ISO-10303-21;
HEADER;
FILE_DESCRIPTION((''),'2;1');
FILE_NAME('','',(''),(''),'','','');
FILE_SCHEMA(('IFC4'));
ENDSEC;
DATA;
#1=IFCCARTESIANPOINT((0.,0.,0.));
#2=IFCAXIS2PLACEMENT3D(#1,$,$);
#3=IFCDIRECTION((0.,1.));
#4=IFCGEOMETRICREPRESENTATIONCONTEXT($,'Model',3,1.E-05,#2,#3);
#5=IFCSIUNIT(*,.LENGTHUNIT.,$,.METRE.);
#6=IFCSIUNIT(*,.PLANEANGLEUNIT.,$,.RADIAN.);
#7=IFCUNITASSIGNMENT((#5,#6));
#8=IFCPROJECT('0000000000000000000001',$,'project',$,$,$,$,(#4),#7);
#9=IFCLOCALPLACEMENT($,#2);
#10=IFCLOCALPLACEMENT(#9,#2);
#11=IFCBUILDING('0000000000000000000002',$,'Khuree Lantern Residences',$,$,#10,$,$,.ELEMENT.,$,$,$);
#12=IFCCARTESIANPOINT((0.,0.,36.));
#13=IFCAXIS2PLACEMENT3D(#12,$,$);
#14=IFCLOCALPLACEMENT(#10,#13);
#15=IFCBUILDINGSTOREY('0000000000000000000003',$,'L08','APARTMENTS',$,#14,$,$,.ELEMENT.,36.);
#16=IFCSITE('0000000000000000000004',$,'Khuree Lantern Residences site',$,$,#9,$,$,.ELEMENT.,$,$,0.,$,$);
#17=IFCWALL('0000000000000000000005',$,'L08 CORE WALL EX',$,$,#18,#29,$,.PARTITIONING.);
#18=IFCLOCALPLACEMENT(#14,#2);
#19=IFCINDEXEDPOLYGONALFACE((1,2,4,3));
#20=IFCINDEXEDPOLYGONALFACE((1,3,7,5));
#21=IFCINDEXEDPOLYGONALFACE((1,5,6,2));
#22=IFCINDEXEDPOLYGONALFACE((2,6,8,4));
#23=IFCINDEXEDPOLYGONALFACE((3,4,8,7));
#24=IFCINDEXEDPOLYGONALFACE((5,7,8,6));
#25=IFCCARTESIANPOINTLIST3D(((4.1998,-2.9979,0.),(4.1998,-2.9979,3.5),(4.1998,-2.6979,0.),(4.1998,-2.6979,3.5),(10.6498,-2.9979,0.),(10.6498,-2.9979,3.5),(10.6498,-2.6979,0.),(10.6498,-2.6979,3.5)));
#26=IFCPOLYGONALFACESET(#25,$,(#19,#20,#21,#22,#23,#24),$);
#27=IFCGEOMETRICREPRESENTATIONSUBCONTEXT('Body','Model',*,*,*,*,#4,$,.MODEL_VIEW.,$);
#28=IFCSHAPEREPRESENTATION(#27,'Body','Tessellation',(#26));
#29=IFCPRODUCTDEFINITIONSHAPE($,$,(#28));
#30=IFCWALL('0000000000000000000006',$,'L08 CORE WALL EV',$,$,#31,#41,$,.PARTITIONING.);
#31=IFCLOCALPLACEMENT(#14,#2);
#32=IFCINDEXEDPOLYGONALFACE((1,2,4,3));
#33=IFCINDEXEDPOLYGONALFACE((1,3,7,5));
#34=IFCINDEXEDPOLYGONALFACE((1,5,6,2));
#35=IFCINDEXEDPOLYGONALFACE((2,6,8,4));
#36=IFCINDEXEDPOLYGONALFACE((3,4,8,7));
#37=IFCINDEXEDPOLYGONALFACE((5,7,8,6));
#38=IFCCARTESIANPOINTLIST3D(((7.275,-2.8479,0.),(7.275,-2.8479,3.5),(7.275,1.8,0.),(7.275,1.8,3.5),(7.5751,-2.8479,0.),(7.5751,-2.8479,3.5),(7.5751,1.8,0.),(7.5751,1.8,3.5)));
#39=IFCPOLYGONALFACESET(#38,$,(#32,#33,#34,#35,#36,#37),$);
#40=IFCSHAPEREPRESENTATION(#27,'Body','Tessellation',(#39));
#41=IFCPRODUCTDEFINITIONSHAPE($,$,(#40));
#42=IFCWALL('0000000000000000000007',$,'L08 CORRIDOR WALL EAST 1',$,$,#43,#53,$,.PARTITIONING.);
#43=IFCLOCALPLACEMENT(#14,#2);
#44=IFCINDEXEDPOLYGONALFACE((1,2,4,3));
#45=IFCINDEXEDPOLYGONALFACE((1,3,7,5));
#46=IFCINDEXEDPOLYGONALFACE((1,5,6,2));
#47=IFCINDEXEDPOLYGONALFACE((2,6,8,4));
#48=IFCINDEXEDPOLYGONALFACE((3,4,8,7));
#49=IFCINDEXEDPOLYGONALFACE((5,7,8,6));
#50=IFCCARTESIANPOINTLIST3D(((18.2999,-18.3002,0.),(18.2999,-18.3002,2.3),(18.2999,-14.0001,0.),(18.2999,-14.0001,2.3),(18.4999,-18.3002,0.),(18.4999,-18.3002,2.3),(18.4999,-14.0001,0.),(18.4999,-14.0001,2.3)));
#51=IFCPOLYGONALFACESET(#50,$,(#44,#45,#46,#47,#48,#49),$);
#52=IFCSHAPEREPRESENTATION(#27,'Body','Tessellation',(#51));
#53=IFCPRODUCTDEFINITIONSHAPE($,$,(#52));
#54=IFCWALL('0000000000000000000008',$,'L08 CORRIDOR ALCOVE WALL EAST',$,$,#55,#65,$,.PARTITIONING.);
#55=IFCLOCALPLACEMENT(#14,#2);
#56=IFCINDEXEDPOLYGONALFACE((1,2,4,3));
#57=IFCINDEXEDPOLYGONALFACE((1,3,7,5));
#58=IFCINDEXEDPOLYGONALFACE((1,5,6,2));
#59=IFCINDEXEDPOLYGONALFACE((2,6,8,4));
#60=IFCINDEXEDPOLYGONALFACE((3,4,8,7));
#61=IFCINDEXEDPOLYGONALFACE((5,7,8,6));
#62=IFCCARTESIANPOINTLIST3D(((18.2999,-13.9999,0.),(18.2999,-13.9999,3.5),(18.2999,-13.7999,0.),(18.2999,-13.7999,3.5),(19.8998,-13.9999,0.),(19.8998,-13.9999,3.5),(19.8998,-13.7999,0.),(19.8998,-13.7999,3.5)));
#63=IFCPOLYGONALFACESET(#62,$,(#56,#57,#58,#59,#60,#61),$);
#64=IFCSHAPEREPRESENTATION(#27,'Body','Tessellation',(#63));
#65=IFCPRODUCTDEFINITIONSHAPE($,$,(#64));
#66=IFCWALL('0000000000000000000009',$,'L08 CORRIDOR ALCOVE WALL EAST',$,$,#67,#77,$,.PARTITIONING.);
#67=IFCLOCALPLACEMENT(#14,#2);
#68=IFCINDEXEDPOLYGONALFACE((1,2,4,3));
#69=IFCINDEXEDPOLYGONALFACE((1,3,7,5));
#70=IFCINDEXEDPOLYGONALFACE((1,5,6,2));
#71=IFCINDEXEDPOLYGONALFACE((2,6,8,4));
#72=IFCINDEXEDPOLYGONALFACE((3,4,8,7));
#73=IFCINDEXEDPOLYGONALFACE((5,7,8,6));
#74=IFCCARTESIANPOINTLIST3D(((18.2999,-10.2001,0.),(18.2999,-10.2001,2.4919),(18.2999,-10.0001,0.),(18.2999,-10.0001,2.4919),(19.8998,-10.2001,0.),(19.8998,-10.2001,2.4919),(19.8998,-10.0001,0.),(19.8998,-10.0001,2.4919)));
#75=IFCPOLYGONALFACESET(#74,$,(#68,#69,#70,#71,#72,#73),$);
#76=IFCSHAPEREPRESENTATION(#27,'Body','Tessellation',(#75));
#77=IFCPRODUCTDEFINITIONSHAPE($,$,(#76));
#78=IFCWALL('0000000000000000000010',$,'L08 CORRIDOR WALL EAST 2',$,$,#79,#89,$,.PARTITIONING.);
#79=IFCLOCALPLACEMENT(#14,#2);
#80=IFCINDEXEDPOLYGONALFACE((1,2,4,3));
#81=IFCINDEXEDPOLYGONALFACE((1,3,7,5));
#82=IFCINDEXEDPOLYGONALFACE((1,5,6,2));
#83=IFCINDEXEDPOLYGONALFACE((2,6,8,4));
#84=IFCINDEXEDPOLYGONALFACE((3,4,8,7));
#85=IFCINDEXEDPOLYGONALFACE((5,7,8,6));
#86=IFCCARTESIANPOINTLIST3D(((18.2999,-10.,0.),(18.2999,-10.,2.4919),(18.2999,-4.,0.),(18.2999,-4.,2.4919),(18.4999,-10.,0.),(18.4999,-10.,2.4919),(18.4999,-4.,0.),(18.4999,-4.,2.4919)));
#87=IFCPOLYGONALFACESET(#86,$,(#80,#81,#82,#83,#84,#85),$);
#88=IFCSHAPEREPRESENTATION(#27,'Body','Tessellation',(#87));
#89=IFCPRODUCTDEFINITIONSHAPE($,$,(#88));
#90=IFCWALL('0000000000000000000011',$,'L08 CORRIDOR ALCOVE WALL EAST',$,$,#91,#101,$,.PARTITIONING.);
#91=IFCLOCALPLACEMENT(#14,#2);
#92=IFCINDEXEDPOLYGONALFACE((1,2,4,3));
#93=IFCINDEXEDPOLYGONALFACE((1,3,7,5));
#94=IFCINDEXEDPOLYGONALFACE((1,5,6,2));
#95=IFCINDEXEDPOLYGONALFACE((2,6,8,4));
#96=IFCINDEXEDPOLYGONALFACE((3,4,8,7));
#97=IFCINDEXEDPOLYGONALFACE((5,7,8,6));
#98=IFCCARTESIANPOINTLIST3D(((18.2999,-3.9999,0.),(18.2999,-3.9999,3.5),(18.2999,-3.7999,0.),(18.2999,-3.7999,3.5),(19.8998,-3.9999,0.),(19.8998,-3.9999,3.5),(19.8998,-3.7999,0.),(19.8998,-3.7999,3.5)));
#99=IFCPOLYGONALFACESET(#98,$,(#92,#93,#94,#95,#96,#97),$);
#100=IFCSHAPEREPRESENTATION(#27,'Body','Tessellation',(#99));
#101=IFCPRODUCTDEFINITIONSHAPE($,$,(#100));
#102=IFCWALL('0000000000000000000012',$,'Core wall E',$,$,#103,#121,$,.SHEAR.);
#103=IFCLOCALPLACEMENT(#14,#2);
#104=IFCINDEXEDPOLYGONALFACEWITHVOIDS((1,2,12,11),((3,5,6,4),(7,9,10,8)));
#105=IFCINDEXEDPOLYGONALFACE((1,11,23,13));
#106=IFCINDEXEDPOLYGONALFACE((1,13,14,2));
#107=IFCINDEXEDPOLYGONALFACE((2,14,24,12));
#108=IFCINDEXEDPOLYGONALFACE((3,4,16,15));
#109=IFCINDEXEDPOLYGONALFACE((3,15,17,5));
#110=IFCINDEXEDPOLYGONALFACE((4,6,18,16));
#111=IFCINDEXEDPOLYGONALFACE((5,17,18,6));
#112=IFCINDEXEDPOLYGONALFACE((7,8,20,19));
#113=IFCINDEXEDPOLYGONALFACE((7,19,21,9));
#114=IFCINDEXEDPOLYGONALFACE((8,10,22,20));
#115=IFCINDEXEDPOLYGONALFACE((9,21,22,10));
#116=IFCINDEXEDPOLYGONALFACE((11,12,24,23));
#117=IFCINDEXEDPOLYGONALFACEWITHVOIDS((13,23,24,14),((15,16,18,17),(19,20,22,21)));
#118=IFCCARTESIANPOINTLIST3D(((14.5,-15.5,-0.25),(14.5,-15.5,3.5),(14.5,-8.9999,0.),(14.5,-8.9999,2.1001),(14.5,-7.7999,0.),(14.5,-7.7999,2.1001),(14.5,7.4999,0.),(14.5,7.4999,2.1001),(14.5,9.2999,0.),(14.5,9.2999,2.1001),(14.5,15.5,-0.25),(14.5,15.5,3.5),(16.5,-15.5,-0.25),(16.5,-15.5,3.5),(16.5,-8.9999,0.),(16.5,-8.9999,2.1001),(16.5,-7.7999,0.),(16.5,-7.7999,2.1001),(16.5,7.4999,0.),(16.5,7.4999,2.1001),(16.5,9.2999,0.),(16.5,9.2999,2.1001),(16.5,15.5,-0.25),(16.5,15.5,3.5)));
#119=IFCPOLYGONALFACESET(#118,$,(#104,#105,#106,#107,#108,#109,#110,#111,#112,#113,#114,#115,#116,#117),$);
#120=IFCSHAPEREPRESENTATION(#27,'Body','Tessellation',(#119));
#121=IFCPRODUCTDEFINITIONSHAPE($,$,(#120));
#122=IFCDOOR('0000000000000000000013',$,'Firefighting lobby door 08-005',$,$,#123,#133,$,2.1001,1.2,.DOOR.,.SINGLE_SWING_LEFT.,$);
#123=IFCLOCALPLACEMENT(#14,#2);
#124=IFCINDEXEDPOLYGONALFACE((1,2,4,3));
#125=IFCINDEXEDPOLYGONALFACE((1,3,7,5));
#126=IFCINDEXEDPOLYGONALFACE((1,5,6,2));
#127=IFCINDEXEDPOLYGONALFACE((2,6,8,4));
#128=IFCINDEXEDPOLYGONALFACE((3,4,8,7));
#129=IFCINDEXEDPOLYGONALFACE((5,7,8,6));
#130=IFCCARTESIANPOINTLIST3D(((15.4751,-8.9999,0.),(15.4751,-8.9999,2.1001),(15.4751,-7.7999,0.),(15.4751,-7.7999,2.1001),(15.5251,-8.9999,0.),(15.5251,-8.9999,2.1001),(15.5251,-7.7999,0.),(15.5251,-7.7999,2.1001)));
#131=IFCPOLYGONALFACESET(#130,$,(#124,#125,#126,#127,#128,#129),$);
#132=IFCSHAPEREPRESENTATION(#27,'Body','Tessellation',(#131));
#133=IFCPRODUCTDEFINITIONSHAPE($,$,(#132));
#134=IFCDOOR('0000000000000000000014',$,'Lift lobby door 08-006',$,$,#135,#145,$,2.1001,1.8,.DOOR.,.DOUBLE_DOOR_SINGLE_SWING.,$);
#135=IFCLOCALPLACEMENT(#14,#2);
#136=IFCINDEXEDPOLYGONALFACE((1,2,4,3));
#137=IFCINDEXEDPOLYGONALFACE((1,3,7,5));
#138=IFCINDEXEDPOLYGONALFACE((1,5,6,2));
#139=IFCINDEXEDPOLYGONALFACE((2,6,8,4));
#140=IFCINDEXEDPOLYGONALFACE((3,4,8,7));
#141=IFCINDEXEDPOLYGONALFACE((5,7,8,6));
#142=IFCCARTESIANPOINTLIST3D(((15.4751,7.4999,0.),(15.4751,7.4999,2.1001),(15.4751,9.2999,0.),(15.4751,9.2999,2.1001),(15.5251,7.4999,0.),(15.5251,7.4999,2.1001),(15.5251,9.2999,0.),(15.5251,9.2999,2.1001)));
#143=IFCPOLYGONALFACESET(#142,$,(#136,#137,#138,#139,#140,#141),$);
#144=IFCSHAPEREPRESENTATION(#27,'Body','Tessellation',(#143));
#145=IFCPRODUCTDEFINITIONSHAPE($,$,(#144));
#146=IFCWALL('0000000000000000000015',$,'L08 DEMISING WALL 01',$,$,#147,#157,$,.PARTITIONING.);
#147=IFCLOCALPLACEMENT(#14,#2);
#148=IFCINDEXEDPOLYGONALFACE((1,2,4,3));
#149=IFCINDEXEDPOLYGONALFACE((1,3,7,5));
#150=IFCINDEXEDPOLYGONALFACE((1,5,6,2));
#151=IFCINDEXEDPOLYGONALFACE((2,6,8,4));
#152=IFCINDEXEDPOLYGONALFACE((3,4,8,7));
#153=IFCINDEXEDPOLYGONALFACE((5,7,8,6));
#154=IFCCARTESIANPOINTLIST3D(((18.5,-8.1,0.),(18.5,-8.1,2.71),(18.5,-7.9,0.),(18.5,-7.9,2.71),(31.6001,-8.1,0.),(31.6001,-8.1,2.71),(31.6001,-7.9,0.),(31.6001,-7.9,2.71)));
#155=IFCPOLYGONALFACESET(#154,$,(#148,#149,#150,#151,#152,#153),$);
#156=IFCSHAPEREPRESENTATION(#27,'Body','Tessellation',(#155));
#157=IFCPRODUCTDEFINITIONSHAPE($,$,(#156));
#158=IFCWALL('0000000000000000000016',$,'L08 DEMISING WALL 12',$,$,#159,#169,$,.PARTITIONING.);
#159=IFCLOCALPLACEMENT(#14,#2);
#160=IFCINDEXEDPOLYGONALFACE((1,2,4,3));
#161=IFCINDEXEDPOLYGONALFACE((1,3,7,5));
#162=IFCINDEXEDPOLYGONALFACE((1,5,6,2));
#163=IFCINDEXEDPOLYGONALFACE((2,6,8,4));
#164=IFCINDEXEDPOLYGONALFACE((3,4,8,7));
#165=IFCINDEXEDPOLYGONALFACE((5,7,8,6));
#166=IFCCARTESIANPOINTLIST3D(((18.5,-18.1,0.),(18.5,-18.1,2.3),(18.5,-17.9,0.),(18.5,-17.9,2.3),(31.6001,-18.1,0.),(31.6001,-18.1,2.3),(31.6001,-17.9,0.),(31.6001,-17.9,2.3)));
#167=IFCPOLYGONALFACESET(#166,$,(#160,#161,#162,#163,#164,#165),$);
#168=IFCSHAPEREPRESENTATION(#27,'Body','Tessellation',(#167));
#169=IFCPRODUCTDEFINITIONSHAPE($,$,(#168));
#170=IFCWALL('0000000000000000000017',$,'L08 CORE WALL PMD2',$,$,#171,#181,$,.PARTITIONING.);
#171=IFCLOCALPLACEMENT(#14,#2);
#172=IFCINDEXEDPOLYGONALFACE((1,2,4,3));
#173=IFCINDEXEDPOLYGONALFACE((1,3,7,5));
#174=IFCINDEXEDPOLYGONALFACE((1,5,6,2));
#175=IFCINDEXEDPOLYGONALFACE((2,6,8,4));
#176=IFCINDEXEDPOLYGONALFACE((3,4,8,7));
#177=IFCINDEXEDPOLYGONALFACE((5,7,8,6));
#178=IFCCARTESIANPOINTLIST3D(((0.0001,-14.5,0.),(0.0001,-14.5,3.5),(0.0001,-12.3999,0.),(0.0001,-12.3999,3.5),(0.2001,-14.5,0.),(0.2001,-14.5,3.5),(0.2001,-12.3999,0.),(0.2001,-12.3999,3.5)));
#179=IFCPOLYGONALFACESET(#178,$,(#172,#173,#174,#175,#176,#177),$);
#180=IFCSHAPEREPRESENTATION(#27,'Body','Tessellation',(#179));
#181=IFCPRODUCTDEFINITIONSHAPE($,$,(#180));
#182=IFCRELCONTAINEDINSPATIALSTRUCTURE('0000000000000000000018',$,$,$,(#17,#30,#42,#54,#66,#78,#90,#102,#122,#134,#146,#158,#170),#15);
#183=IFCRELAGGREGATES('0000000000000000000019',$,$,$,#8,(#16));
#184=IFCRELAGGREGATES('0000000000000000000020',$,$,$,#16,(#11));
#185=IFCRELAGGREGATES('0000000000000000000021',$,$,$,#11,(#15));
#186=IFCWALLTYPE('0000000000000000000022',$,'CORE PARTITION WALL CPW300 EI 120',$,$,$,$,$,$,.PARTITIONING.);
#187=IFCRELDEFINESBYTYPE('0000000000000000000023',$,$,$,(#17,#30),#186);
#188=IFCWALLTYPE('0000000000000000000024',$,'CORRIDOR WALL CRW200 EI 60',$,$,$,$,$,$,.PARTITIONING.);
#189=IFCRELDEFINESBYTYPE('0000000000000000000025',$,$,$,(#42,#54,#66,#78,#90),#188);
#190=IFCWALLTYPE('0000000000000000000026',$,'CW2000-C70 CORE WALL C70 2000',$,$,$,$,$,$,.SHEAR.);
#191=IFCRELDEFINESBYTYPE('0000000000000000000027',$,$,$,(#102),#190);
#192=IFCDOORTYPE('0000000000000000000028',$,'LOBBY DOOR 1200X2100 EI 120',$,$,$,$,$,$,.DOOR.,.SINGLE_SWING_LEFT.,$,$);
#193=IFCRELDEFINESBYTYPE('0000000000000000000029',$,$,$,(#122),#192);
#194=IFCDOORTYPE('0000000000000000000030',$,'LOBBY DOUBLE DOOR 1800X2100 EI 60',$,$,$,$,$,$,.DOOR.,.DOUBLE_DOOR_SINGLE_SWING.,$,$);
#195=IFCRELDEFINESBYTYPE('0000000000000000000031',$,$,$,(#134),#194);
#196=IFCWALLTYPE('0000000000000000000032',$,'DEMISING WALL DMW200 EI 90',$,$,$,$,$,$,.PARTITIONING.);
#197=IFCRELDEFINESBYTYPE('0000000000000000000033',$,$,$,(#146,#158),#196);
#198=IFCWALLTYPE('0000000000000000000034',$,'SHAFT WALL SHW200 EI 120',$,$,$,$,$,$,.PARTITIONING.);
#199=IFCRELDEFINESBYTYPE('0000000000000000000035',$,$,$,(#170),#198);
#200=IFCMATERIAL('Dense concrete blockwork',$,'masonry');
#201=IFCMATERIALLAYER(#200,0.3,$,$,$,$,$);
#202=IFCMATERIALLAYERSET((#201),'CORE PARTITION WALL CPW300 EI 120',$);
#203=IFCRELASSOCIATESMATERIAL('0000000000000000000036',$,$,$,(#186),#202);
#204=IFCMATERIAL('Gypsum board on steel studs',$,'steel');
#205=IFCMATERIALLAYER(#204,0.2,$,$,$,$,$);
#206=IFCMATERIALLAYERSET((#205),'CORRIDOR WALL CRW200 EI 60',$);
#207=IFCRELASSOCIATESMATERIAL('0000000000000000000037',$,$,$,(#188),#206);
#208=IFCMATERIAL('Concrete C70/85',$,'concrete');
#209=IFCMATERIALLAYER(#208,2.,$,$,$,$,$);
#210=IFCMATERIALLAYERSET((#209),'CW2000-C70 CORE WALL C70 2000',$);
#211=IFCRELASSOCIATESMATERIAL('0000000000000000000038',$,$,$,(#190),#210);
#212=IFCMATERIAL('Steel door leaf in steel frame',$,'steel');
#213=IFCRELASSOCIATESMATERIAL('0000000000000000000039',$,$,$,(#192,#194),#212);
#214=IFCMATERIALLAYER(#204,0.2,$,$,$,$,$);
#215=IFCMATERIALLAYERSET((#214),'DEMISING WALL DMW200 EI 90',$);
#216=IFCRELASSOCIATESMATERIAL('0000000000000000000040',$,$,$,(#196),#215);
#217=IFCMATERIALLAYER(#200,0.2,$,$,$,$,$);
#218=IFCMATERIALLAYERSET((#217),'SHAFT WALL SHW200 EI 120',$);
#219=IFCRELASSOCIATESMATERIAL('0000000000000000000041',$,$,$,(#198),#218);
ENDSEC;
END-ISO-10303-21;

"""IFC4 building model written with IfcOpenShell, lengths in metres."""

from ifc_helpers import new_model, si_unit, direction, frame, frame_2d, origin, place, context, subcontext, project, spatial, rectangle, extrude, material, layer, layer_set, type_object, element, fill, save


model = new_model("IFC4")

# Units and contexts
model_context = context("Model", 3, precision=1e-05, world=origin(), true_north=direction((0.0, 1.0)))
body_context = subcontext(model_context, "Body", "Model", "MODEL_VIEW")
ifc_project = project(units=[si_unit("LENGTHUNIT", "METRE"), si_unit("PLANEANGLEUNIT", "RADIAN")], contexts=[model_context])

# Site, building, storey
site_placement = place(None, origin())
site = spatial("IfcSite", under=ifc_project, at=site_placement, Name="Khuree Lantern Residences site", CompositionType="ELEMENT", RefElevation=0.0)
building_placement = place(site_placement, origin())
building = spatial("IfcBuilding", under=site, at=building_placement, Name="Khuree Lantern Residences", CompositionType="ELEMENT")
storey_placement = place(building_placement, frame((0.0, 0.0, 36.0)))
storey = spatial("IfcBuildingStorey", under=building, at=storey_placement, Name="L08", Description="APARTMENTS", CompositionType="ELEMENT", Elevation=36.0)

# Shared definitions
ifc_material_1 = material(Name="Concrete C70/85", Category="concrete")

# Shared definitions
ifc_material_2 = material(Name="Dense concrete blockwork", Category="masonry")
ifc_layer_1 = layer(ifc_material_2, 0.3)
ifc_layer_set_1 = layer_set([ifc_layer_1], Name="CORE PARTITION WALL CPW300 EI 120")
wall_type_1 = type_object("IfcWallType", Name="CORE PARTITION WALL CPW300 EI 120", PredefinedType="PARTITIONING", material=ifc_layer_set_1)

# Walls
wall_1_placement = place(storey_placement, frame((10.6499, -2.8479, 0.0), z_axis=(0.0, 0.0, 1.0), x_axis=(-1.0, 0.0, 0.0)))
element("IfcWall", 1, at=wall_1_placement, inside=storey, type_object=wall_type_1, Name="L08 CORE WALL EX", PredefinedType="PARTITIONING", context=body_context, shape_type="SweptSolid", body=[
    extrude(rectangle(XDim=6.45, YDim=0.3, at=frame_2d((3.2251, 0.0))), origin(), (0.0, 0.0, 1.0), 3.5),
])
wall_2_placement = place(storey_placement, frame((7.425, -2.8479, 0.0), z_axis=(0.0, 0.0, 1.0), x_axis=(0.0, 1.0, 0.0)))
element("IfcWall", 2, at=wall_2_placement, inside=storey, type_object=wall_type_1, Name="L08 CORE WALL EV", PredefinedType="PARTITIONING", context=body_context, shape_type="SweptSolid", body=[
    extrude(rectangle(XDim=4.6479, YDim=0.3, at=frame_2d((2.324, 0.0))), origin(), (0.0, 0.0, 1.0), 3.5),
])
ifc_material_3 = material(Name="Gypsum board on steel studs", Category="steel")
ifc_layer_2 = layer(ifc_material_3, 0.2)
ifc_layer_set_2 = layer_set([ifc_layer_2], Name="CORRIDOR WALL CRW200 EI 60")
wall_type_2 = type_object("IfcWallType", Name="CORRIDOR WALL CRW200 EI 60", PredefinedType="PARTITIONING", material=ifc_layer_set_2)
wall_3_placement = place(storey_placement, frame((18.3999, -18.3, 0.0), z_axis=(0.0, 0.0, 1.0), x_axis=(0.0, 1.0, 0.0)))
element("IfcWall", 3, at=wall_3_placement, inside=storey, type_object=wall_type_2, Name="L08 CORRIDOR WALL EAST 1", PredefinedType="PARTITIONING", context=body_context, shape_type="SweptSolid", body=[
    extrude(rectangle(XDim=4.3, YDim=0.2, at=frame_2d((2.1499, 0.0))), origin(), (0.0, 0.0, 1.0), 2.3),
])
wall_4_placement = place(storey_placement, frame((18.3, -13.8999, 0.0), z_axis=(0.0, 0.0, 1.0), x_axis=(1.0, 0.0, 0.0)))
element("IfcWall", 4, at=wall_4_placement, inside=storey, type_object=wall_type_2, Name="L08 CORRIDOR ALCOVE WALL EAST", PredefinedType="PARTITIONING", context=body_context, shape_type="SweptSolid", body=[
    extrude(rectangle(XDim=1.5999, YDim=0.2, at=frame_2d((0.7998, 0.0))), origin(), (0.0, 0.0, 1.0), 3.5),
])
wall_5_placement = place(storey_placement, frame((18.3, -10.1001, 0.0), z_axis=(0.0, 0.0, 1.0), x_axis=(1.0, 0.0, 0.0)))
element("IfcWall", 5, at=wall_5_placement, inside=storey, type_object=wall_type_2, Name="L08 CORRIDOR ALCOVE WALL EAST", PredefinedType="PARTITIONING", context=body_context, shape_type="SweptSolid", body=[
    extrude(rectangle(XDim=1.5999, YDim=0.2, at=frame_2d((0.7998, 0.0))), origin(), (0.0, 0.0, 1.0), 2.4919),
])
wall_6_placement = place(storey_placement, frame((18.3999, -10.0, 0.0), z_axis=(0.0, 0.0, 1.0), x_axis=(0.0, 1.0, 0.0)))
element("IfcWall", 6, at=wall_6_placement, inside=storey, type_object=wall_type_2, Name="L08 CORRIDOR WALL EAST 2", PredefinedType="PARTITIONING", context=body_context, shape_type="SweptSolid", body=[
    extrude(rectangle(XDim=6.0, YDim=0.2, at=frame_2d((3.0, 0.0))), origin(), (0.0, 0.0, 1.0), 2.4919),
])
wall_7_placement = place(storey_placement, frame((18.3, -3.8999, 0.0), z_axis=(0.0, 0.0, 1.0), x_axis=(1.0, 0.0, 0.0)))
element("IfcWall", 7, at=wall_7_placement, inside=storey, type_object=wall_type_2, Name="L08 CORRIDOR ALCOVE WALL EAST", PredefinedType="PARTITIONING", context=body_context, shape_type="SweptSolid", body=[
    extrude(rectangle(XDim=1.5999, YDim=0.2, at=frame_2d((0.7998, 0.0))), origin(), (0.0, 0.0, 1.0), 3.5),
])

# Wall, openings, doors
ifc_layer_3 = layer(ifc_material_1, 2.0)
ifc_layer_set_3 = layer_set([ifc_layer_3], Name="CW2000-C70 CORE WALL C70 2000")
wall_type_3 = type_object("IfcWallType", Name="CW2000-C70 CORE WALL C70 2000", PredefinedType="SHEAR", material=ifc_layer_set_3)
wall_8_placement = place(storey_placement, frame((15.5, -15.5, -0.25), z_axis=(0.0, 0.0, 1.0), x_axis=(0.0, 1.0, 0.0)))
wall_8 = element("IfcWall", 8, at=wall_8_placement, inside=storey, type_object=wall_type_3, Name="Core wall E", PredefinedType="SHEAR", context=body_context, shape_type="SweptSolid", body=[
    extrude(rectangle(XDim=31.0, YDim=2.0, at=frame_2d((15.5, 0.0))), origin(), (0.0, 0.0, 1.0), 3.75),
])
opening_1_placement = place(wall_8_placement, frame((6.5, 0.0, 0.25)))
opening_1 = element("IfcOpeningElement", 9, at=opening_1_placement, cuts=wall_8, PredefinedType="OPENING", context=body_context, shape_type="SweptSolid", body=[
    extrude(rectangle(XDim=1.2, YDim=2.1001, at=frame_2d((0.6001, 1.05))), frame((0.0, 1.01, 0.0), z_axis=(0.0, -1.0, 0.0), x_axis=(1.0, 0.0, 0.0)), (0.0, 0.0, 1.0), 2.02),
])
opening_2_placement = place(wall_8_placement, frame((23.0, 0.0, 0.25)))
opening_2 = element("IfcOpeningElement", 10, at=opening_2_placement, cuts=wall_8, PredefinedType="OPENING", context=body_context, shape_type="SweptSolid", body=[
    extrude(rectangle(XDim=1.8, YDim=2.1001, at=frame_2d((0.8999, 1.05))), frame((0.0, 1.01, 0.0), z_axis=(0.0, -1.0, 0.0), x_axis=(1.0, 0.0, 0.0)), (0.0, 0.0, 1.0), 2.02),
])
ifc_material_4 = material(Name="Steel door leaf in steel frame", Category="steel")
door_type_1 = type_object("IfcDoorType", Name="LOBBY DOOR 1200X2100 EI 120", OperationType="SINGLE_SWING_LEFT", PredefinedType="DOOR", material=ifc_material_4)
door_1_placement = place(opening_1_placement, origin())
door_1 = element("IfcDoor", 11, at=door_1_placement, inside=storey, type_object=door_type_1, Name="Firefighting lobby door 08-005", OperationType="SINGLE_SWING_LEFT", OverallHeight=2.1001, OverallWidth=1.2, PredefinedType="DOOR", context=body_context, shape_type="SweptSolid", body=[
    extrude(rectangle(XDim=1.2, YDim=2.1001, at=frame_2d((0.6001, 1.05))), frame((0.0, 0.0249, 0.0), z_axis=(0.0, -1.0, 0.0), x_axis=(1.0, 0.0, 0.0)), (0.0, 0.0, 1.0), 0.05),
])
fill(opening_1, door_1)
door_type_2 = type_object("IfcDoorType", Name="LOBBY DOUBLE DOOR 1800X2100 EI 60", OperationType="DOUBLE_DOOR_SINGLE_SWING", PredefinedType="DOOR", material=ifc_material_4)
door_2_placement = place(opening_2_placement, origin())
door_2 = element("IfcDoor", 12, at=door_2_placement, inside=storey, type_object=door_type_2, Name="Lift lobby door 08-006", OperationType="DOUBLE_DOOR_SINGLE_SWING", OverallHeight=2.1001, OverallWidth=1.8, PredefinedType="DOOR", context=body_context, shape_type="SweptSolid", body=[
    extrude(rectangle(XDim=1.8, YDim=2.1001, at=frame_2d((0.8999, 1.05))), frame((0.0, 0.0249, 0.0), z_axis=(0.0, -1.0, 0.0), x_axis=(1.0, 0.0, 0.0)), (0.0, 0.0, 1.0), 0.05),
])
fill(opening_2, door_2)

# Walls
ifc_layer_4 = layer(ifc_material_3, 0.2)
ifc_layer_set_4 = layer_set([ifc_layer_4], Name="DEMISING WALL DMW200 EI 90")
wall_type_4 = type_object("IfcWallType", Name="DEMISING WALL DMW200 EI 90", PredefinedType="PARTITIONING", material=ifc_layer_set_4)
wall_9_placement = place(storey_placement, frame((18.5, -8.0, 0.0), z_axis=(0.0, 0.0, 1.0), x_axis=(1.0, 0.0, 0.0)))
element("IfcWall", 13, at=wall_9_placement, inside=storey, type_object=wall_type_4, Name="L08 DEMISING WALL 01", PredefinedType="PARTITIONING", context=body_context, shape_type="SweptSolid", body=[
    extrude(rectangle(XDim=13.1001, YDim=0.2, at=frame_2d((6.55, 0.0))), origin(), (0.0, 0.0, 1.0), 2.71),
])
wall_10_placement = place(storey_placement, frame((18.5, -18.0, 0.0), z_axis=(0.0, 0.0, 1.0), x_axis=(1.0, 0.0, 0.0)))
element("IfcWall", 14, at=wall_10_placement, inside=storey, type_object=wall_type_4, Name="L08 DEMISING WALL 12", PredefinedType="PARTITIONING", context=body_context, shape_type="SweptSolid", body=[
    extrude(rectangle(XDim=13.1001, YDim=0.2, at=frame_2d((6.55, 0.0))), origin(), (0.0, 0.0, 1.0), 2.3),
])
ifc_layer_5 = layer(ifc_material_2, 0.2)
ifc_layer_set_5 = layer_set([ifc_layer_5], Name="SHAFT WALL SHW200 EI 120")
wall_type_5 = type_object("IfcWallType", Name="SHAFT WALL SHW200 EI 120", PredefinedType="PARTITIONING", material=ifc_layer_set_5)
wall_11_placement = place(storey_placement, frame((0.1001, -14.5, 0.0), z_axis=(0.0, 0.0, 1.0), x_axis=(0.0, 1.0, 0.0)))
element("IfcWall", 15, at=wall_11_placement, inside=storey, type_object=wall_type_5, Name="L08 CORE WALL PMD2", PredefinedType="PARTITIONING", context=body_context, shape_type="SweptSolid", body=[
    extrude(rectangle(XDim=2.1001, YDim=0.2, at=frame_2d((1.05, 0.0))), origin(), (0.0, 0.0, 1.0), 3.5),
])

save(model, "model.ifc")
